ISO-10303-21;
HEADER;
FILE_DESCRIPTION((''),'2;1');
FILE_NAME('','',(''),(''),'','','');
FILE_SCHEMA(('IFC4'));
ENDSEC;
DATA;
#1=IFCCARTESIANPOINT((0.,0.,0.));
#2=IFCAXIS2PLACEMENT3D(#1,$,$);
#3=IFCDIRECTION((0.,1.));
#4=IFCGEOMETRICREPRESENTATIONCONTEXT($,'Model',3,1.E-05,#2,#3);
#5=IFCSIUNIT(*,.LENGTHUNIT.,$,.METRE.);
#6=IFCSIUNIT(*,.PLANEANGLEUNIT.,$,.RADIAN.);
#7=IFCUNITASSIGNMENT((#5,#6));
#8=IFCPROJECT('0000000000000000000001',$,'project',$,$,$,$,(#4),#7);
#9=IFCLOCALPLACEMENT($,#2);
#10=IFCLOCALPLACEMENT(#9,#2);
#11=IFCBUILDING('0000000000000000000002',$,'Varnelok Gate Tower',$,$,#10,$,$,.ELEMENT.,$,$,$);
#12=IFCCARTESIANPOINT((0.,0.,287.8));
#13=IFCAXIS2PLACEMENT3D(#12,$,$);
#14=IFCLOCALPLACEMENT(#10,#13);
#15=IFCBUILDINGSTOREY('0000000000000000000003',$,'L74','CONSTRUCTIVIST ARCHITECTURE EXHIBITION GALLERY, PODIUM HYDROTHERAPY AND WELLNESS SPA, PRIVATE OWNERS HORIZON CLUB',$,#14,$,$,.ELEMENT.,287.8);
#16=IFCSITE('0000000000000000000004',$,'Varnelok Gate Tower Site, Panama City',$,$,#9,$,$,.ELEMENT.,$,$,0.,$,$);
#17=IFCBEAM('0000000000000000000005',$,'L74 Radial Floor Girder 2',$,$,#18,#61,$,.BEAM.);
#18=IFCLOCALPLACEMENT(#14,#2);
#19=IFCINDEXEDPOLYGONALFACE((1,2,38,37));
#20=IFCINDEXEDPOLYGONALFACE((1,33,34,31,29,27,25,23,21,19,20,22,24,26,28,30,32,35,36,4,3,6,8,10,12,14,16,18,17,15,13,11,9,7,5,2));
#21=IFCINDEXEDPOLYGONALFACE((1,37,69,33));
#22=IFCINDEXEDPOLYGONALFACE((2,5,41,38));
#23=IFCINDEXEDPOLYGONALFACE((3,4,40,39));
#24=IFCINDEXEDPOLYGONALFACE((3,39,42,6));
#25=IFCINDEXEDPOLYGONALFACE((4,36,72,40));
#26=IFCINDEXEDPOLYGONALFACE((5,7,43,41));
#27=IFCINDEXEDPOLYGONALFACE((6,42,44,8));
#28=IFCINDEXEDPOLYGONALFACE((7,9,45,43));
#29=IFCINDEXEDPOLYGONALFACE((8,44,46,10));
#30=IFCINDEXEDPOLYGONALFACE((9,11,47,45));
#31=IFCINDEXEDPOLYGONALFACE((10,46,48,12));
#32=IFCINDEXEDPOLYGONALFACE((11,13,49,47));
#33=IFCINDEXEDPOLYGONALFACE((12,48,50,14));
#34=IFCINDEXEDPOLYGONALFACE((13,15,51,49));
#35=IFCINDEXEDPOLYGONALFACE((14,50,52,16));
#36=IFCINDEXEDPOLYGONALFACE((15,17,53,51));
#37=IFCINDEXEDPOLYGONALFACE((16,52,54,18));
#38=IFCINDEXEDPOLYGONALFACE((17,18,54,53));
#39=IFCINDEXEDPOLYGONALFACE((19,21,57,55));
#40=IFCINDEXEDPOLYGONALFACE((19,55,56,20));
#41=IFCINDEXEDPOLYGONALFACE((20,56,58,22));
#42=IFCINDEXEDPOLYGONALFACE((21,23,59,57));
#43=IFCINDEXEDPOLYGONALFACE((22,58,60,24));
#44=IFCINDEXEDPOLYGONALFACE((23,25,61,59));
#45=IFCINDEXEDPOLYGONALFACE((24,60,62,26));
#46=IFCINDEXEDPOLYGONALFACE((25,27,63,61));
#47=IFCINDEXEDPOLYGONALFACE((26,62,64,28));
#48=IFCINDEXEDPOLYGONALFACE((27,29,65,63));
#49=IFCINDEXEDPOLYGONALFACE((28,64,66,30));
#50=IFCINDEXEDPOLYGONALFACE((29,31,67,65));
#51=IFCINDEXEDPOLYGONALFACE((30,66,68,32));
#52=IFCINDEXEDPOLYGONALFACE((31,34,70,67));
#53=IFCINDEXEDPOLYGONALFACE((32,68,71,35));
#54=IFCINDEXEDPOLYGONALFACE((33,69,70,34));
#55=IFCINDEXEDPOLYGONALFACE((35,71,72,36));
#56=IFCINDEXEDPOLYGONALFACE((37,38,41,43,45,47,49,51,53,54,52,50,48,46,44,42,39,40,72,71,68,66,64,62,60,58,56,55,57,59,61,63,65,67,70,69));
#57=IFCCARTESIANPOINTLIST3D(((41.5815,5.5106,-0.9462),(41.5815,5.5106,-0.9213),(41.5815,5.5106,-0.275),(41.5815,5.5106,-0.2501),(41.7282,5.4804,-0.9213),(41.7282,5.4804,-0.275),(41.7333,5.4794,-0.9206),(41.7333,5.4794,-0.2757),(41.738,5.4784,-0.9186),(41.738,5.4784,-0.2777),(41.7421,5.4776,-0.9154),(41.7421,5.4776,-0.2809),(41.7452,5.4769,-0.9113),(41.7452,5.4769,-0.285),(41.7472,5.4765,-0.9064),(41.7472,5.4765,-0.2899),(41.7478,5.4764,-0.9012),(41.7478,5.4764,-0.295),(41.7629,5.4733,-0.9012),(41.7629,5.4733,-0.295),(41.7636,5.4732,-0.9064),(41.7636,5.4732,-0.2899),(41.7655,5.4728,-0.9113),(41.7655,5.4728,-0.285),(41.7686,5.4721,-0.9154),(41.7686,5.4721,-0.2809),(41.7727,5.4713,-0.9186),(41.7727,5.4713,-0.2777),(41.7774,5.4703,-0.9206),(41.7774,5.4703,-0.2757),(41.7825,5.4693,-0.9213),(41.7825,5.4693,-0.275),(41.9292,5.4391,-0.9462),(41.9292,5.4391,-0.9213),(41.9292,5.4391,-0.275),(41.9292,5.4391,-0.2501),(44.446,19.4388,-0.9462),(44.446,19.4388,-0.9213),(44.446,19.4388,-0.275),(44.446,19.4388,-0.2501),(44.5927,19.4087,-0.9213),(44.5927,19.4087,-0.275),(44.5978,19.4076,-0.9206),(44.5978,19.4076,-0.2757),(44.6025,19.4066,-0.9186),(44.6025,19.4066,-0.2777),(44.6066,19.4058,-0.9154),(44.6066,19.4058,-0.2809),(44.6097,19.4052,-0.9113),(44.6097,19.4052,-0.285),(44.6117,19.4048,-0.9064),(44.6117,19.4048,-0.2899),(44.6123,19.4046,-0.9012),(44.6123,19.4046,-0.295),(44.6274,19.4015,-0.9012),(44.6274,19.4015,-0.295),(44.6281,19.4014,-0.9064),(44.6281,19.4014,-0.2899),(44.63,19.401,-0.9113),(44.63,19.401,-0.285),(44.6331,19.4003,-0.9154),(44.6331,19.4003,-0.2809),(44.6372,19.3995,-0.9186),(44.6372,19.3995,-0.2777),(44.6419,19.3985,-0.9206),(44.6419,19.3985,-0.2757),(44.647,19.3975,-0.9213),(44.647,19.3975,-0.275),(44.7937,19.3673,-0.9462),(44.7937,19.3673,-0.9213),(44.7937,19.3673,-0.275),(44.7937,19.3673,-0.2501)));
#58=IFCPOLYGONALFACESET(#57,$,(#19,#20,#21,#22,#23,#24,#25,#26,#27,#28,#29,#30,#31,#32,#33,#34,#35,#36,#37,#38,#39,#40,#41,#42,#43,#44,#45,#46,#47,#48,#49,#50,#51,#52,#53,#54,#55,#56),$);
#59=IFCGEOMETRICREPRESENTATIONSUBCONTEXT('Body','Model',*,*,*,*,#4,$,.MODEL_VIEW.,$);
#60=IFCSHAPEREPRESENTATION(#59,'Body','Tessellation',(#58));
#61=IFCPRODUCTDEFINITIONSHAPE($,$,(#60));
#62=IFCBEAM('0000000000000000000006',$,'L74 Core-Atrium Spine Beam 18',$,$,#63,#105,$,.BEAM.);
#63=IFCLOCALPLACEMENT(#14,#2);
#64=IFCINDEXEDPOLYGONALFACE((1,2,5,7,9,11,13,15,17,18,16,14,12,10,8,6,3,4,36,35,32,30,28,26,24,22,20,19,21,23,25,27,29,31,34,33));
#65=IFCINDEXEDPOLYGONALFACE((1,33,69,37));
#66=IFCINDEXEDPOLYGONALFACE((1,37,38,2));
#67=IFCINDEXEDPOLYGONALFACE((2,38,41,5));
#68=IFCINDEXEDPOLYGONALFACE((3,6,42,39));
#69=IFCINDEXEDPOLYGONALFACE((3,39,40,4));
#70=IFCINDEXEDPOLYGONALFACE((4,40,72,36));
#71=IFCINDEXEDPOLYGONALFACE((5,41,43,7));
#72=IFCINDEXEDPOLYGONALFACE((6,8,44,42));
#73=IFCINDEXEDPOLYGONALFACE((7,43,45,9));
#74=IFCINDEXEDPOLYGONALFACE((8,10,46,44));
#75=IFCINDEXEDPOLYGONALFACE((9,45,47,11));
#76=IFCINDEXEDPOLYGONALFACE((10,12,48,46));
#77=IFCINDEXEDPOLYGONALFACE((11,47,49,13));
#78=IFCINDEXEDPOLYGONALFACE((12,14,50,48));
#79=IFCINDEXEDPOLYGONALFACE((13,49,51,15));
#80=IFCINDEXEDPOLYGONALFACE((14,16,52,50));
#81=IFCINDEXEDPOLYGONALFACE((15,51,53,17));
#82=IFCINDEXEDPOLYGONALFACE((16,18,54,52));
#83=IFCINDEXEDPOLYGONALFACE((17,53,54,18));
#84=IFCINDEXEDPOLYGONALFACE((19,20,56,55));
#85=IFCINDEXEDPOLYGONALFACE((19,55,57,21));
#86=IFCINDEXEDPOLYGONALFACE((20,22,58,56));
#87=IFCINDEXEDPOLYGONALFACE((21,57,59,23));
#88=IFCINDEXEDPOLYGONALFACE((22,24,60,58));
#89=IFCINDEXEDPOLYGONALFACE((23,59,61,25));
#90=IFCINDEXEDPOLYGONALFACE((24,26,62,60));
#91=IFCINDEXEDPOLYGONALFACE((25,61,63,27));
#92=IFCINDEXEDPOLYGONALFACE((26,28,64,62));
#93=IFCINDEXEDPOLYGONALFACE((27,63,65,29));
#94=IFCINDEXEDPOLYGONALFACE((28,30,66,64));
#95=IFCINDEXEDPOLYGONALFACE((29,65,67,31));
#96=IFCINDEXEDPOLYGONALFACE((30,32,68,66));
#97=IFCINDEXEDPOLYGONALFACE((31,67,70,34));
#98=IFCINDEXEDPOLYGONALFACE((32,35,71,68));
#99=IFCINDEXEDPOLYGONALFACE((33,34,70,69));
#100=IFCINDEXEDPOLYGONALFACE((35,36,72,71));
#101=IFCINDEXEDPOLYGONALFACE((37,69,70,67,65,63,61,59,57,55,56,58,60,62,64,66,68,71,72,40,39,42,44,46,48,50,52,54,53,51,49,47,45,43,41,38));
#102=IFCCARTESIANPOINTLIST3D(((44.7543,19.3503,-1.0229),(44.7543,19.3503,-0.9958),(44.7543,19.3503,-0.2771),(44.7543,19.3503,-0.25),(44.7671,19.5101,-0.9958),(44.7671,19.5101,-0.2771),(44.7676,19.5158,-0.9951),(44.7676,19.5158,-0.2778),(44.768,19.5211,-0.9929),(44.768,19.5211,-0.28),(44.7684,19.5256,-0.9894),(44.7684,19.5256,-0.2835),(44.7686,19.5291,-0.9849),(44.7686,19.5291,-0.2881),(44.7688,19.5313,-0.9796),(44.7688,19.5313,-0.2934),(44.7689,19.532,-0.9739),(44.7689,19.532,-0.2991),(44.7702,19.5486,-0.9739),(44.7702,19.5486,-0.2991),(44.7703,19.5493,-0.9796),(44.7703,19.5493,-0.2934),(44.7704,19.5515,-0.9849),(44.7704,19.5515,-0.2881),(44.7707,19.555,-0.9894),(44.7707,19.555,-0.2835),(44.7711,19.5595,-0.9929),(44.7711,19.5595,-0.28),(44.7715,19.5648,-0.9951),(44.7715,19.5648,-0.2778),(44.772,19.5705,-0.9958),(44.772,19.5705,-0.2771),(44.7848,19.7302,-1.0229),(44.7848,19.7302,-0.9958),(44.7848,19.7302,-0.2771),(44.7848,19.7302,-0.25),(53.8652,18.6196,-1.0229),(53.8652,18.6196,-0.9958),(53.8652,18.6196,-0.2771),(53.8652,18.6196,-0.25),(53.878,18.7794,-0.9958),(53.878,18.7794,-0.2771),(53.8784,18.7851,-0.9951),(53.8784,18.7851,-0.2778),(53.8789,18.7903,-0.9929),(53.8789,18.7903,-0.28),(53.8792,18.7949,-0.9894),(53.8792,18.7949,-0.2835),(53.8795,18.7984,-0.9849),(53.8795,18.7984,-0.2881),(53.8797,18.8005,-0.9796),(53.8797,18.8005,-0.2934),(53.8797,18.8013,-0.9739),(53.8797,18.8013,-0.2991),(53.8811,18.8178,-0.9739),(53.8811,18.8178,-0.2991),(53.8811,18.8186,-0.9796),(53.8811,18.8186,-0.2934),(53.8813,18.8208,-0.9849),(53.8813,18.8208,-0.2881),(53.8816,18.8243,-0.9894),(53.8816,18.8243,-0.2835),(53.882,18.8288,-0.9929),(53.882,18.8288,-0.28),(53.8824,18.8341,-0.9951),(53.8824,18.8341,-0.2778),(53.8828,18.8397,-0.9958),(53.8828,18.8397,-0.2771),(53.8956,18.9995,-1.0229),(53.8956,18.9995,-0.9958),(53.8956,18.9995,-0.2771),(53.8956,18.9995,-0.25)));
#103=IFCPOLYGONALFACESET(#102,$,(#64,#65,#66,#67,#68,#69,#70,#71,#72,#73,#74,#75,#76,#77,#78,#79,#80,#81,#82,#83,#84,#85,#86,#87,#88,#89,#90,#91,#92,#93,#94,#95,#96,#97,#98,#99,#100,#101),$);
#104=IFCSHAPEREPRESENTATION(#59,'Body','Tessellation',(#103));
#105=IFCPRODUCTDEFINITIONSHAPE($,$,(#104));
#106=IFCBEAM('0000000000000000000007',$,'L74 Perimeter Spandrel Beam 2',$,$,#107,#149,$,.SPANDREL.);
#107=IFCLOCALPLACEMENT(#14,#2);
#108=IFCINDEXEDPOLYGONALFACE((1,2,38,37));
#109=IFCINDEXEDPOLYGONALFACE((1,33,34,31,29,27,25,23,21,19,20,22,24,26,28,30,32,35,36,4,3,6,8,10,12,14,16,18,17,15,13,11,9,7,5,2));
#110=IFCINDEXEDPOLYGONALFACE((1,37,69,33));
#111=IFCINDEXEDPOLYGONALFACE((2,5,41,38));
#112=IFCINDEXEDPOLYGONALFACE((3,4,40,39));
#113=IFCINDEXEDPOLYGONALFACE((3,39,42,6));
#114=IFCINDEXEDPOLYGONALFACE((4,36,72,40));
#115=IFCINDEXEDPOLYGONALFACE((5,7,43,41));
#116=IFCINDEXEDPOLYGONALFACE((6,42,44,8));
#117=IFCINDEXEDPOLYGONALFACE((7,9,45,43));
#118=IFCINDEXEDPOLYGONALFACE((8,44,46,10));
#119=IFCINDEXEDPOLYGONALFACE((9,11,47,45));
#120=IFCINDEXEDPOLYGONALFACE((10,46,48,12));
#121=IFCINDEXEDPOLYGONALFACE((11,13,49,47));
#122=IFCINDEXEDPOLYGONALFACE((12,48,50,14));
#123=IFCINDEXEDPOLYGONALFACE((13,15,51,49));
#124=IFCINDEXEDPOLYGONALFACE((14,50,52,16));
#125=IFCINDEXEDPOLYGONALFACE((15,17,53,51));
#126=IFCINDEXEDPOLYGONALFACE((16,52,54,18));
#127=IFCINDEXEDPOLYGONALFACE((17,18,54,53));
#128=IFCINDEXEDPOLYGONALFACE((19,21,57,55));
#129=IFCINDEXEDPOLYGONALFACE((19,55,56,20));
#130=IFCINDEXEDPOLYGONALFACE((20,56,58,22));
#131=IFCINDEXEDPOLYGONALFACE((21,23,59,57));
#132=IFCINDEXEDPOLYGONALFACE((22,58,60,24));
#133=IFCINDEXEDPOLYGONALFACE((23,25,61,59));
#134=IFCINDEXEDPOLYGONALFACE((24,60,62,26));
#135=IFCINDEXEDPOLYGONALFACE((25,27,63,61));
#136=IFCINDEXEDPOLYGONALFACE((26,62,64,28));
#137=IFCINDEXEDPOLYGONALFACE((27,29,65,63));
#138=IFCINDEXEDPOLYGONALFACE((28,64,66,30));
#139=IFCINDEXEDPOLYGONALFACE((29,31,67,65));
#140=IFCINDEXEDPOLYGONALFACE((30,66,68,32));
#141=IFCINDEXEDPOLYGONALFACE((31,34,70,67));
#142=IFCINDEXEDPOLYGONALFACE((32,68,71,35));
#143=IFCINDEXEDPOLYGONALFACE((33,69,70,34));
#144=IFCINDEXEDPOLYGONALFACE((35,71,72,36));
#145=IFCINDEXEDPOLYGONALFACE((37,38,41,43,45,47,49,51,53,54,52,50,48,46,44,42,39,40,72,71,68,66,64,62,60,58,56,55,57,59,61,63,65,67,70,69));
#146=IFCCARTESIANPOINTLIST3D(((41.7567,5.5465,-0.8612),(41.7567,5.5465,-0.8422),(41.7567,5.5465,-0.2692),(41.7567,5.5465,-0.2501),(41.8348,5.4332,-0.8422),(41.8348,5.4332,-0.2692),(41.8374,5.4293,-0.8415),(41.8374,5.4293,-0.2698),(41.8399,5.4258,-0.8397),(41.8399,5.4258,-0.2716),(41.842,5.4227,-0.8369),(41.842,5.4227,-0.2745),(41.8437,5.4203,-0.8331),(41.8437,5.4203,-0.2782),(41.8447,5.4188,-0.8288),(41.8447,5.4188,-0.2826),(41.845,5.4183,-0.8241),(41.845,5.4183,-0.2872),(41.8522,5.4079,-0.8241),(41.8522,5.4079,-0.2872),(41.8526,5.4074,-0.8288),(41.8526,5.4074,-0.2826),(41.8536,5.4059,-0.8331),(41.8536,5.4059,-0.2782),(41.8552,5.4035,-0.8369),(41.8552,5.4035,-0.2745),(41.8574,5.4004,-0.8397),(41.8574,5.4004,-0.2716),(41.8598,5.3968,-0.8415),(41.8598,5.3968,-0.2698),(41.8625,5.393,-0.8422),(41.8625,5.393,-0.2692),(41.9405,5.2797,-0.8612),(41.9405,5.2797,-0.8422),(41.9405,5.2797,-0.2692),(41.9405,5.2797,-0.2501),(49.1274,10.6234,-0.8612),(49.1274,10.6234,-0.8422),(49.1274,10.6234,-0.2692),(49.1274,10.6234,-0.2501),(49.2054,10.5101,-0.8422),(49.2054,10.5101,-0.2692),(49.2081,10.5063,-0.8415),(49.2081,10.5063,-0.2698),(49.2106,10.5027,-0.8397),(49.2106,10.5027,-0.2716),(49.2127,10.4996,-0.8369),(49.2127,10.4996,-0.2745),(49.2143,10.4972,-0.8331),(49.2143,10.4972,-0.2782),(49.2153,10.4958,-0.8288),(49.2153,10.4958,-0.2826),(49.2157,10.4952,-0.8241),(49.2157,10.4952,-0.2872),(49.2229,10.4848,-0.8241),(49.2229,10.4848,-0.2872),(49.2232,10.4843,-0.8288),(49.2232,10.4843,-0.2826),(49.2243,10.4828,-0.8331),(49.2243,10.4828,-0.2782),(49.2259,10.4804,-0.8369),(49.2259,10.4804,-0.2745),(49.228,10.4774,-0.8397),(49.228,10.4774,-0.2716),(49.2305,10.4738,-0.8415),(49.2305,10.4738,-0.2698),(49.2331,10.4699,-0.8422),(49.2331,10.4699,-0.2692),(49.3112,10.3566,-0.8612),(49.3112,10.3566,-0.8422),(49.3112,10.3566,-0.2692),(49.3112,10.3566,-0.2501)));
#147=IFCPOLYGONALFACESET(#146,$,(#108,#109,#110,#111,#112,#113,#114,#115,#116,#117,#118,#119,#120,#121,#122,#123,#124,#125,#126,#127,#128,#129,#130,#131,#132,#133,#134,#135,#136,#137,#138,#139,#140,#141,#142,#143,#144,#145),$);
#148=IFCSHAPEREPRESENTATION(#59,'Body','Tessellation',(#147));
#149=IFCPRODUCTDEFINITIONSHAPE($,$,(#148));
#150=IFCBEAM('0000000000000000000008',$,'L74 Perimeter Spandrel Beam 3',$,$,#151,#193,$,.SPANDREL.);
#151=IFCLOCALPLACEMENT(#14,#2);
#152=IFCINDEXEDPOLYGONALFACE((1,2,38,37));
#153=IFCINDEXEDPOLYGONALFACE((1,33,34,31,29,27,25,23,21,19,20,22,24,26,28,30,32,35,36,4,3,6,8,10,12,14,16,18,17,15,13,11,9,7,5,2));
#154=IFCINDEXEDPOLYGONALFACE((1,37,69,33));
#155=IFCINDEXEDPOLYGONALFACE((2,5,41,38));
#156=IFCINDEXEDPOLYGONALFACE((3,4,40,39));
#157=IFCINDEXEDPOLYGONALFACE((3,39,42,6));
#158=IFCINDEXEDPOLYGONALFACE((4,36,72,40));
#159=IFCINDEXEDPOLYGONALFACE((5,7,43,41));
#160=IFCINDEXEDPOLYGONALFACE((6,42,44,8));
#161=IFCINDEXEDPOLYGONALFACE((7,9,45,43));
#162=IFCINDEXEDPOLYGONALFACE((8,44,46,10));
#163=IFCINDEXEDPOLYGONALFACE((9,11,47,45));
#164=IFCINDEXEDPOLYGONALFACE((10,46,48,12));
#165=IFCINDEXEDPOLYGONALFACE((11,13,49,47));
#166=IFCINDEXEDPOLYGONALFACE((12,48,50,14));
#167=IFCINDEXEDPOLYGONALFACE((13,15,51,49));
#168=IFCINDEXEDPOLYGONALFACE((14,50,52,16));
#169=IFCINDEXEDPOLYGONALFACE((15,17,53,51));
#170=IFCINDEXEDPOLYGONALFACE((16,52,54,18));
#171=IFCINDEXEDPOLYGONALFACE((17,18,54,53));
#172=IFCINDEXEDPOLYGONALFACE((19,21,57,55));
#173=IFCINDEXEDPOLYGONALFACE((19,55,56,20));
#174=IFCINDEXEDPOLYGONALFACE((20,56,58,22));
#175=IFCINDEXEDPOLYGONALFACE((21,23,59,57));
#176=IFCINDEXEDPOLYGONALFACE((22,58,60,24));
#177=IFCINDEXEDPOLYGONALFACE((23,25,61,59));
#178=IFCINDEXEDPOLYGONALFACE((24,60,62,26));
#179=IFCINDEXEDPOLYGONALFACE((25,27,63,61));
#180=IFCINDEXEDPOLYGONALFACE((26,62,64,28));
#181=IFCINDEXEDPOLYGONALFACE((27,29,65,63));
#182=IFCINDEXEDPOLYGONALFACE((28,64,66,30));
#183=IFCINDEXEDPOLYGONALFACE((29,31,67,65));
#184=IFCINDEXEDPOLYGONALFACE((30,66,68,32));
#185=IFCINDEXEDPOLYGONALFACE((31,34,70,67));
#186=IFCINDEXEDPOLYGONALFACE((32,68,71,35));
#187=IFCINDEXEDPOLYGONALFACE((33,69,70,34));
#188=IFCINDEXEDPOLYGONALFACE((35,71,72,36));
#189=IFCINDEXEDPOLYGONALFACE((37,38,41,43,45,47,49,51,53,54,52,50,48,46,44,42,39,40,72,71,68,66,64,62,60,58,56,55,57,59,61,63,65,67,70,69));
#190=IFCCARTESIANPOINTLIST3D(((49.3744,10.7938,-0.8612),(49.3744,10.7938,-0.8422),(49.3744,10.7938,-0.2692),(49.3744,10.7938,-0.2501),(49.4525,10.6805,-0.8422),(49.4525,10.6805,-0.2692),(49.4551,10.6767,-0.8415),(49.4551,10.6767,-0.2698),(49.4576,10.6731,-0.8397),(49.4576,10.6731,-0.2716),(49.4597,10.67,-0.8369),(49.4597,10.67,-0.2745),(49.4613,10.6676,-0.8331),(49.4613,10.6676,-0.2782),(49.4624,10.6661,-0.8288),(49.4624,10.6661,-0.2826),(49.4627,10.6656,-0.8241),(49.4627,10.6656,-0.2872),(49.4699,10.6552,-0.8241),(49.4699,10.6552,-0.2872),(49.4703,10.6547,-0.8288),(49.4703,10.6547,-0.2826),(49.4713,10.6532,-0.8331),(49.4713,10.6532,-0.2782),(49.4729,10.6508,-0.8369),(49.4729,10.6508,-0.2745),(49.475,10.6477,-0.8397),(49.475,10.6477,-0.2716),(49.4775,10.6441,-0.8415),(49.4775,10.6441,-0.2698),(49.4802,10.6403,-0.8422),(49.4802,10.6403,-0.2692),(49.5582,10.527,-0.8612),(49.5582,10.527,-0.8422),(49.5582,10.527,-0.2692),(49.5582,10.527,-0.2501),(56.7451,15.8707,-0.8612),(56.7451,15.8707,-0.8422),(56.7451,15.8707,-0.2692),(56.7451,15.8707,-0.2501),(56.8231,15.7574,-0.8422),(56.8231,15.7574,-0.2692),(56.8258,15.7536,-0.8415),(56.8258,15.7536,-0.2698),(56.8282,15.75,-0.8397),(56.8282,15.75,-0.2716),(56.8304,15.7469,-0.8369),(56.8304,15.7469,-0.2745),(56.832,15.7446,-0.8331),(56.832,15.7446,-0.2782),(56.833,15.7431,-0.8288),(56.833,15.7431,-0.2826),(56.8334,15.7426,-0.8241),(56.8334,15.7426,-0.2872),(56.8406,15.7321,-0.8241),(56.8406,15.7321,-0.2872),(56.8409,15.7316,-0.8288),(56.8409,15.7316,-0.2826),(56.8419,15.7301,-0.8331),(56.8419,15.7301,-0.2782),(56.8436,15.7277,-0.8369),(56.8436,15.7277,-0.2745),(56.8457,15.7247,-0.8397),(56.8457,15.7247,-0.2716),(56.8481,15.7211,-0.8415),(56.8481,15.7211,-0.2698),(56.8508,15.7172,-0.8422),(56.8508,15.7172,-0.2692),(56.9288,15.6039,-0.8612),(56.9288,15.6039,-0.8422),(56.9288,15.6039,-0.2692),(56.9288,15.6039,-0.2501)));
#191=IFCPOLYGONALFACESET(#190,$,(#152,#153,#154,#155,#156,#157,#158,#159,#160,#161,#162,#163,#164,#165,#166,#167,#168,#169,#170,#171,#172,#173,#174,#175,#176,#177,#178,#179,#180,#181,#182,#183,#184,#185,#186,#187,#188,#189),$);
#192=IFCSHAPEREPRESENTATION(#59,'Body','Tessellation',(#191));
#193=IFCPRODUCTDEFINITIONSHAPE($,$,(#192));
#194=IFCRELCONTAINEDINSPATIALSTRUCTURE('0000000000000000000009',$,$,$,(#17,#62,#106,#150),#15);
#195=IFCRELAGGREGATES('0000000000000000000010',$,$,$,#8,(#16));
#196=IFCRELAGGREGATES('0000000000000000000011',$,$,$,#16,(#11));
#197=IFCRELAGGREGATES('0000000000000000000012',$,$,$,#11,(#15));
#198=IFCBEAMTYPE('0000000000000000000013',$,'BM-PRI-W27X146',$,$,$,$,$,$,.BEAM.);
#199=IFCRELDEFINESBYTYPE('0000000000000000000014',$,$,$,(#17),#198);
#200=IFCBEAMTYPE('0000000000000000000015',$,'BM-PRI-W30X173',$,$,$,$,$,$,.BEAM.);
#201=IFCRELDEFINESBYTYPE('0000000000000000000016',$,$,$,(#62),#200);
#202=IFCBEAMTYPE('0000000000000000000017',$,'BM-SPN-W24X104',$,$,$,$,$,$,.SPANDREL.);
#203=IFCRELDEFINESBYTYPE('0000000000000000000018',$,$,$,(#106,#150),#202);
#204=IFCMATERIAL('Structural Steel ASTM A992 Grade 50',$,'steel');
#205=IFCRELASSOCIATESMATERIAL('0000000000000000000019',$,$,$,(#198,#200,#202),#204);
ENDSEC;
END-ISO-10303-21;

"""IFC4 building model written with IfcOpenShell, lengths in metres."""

from ifc_helpers import new_model, si_unit, direction, frame, origin, origin_2d, place, context, subcontext, project, spatial, i_section, extrude, material, material_profile, profile_set, type_object, element, save


model = new_model("IFC4")

# Units and contexts
model_context = context("Model", 3, precision=1e-05, world=origin(), true_north=direction((0.0, 1.0)))
body_context = subcontext(model_context, "Body", "Model", "MODEL_VIEW")
ifc_project = project(units=[si_unit("LENGTHUNIT", "METRE"), si_unit("PLANEANGLEUNIT", "RADIAN")], contexts=[model_context])

# Site, building, storey
site_placement = place(None, origin())
site = spatial("IfcSite", under=ifc_project, at=site_placement, Name="Varnelok Gate Tower Site, Panama City", CompositionType="ELEMENT", RefElevation=0.0)
building_placement = place(site_placement, origin())
building = spatial("IfcBuilding", under=site, at=building_placement, Name="Varnelok Gate Tower", CompositionType="ELEMENT")
storey_placement = place(building_placement, frame((0.0, 0.0, 287.8)))
storey = spatial("IfcBuildingStorey", under=building, at=storey_placement, Name="L74", Description="CONSTRUCTIVIST ARCHITECTURE EXHIBITION GALLERY, PODIUM HYDROTHERAPY AND WELLNESS SPA, PRIVATE OWNERS HORIZON CLUB", CompositionType="ELEMENT", Elevation=287.8)

# Shared definitions
ifc_material_1 = material(Name="Structural Steel ASTM A992 Grade 50", Category="steel")

# Beams
ifc_material_profile_1 = material_profile(ifc_material_1, i_section(OverallWidth=0.355, OverallDepth=0.696, WebThickness=0.0154, FlangeThickness=0.0249, FilletRadius=0.02, at=origin_2d()), Name="W27X146")
ifc_profile_set_1 = profile_set([ifc_material_profile_1], Name="Structural Steel ASTM A992 Grade 50")
beam_type_1 = type_object("IfcBeamType", Name="BM-PRI-W27X146", PredefinedType="BEAM", material=ifc_profile_set_1)
beam_1_placement = place(storey_placement, frame((44.6199, 19.4031, -0.5981), z_axis=(-0.201446, -0.9795, 0.0), x_axis=(0.9795, -0.201446, 0.0)))
element("IfcBeam", 1, at=beam_1_placement, inside=storey, type_object=beam_type_1, Name="L74 Radial Floor Girder 2", PredefinedType="BEAM", context=body_context, shape_type="SweptSolid", body=[
    extrude(i_section(OverallWidth=0.355, OverallDepth=0.696, WebThickness=0.0154, FlangeThickness=0.0249, FilletRadius=0.02, at=origin_2d()), origin(), (0.0, 0.0, 1.0), 14.2197),
])
ifc_material_profile_2 = material_profile(ifc_material_1, i_section(OverallWidth=0.3811, OverallDepth=0.7729, WebThickness=0.0166, FlangeThickness=0.0271, FilletRadius=0.022, at=origin_2d()), Name="W30X173")
ifc_profile_set_2 = profile_set([ifc_material_profile_2], Name="Structural Steel ASTM A992 Grade 50")
beam_type_2 = type_object("IfcBeamType", Name="BM-PRI-W30X173", PredefinedType="BEAM", material=ifc_profile_set_2)
beam_2_placement = place(storey_placement, frame((44.7695, 19.5403, -0.6365), z_axis=(0.996799, -0.079946, 0.0), x_axis=(0.079946, 0.996799, 0.0)))
element("IfcBeam", 2, at=beam_2_placement, inside=storey, type_object=beam_type_2, Name="L74 Core-Atrium Spine Beam 18", PredefinedType="BEAM", context=body_context, shape_type="SweptSolid", body=[
    extrude(i_section(OverallWidth=0.3811, OverallDepth=0.7729, WebThickness=0.0166, FlangeThickness=0.0271, FilletRadius=0.022, at=origin_2d()), origin(), (0.0, 0.0, 1.0), 9.1401),
])
ifc_material_profile_3 = material_profile(ifc_material_1, i_section(OverallWidth=0.324, OverallDepth=0.6111, WebThickness=0.0127, FlangeThickness=0.019, FilletRadius=0.0181, at=origin_2d()), Name="W24X104")
ifc_profile_set_3 = profile_set([ifc_material_profile_3], Name="Structural Steel ASTM A992 Grade 50")
beam_type_3 = type_object("IfcBeamType", Name="BM-SPN-W24X104", PredefinedType="SPANDREL", material=ifc_profile_set_3)
for number, where, z_axis, x_axis, name in (
    (3, (41.8486, 5.4131, -0.5557), (0.82354, 0.567258, 0.0), (-0.567258, 0.82354, 0.0), "L74 Perimeter Spandrel Beam 2"),
    (4, (49.4663, 10.6604, -0.5557), (0.82354, 0.567258, 0.0), (-0.567258, 0.82354, 0.0), "L74 Perimeter Spandrel Beam 3"),
):
    element("IfcBeam", number, at=place(storey_placement, frame(where, z_axis=z_axis, x_axis=x_axis)), inside=storey, type_object=beam_type_3, Name=name, PredefinedType="SPANDREL", context=body_context, shape_type="SweptSolid", body=[
        extrude(i_section(OverallWidth=0.324, OverallDepth=0.6111, WebThickness=0.0127, FlangeThickness=0.019, FilletRadius=0.0181, at=origin_2d()), origin(), (0.0, 0.0, 1.0), 8.95),
    ])

save(model, "model.ifc")
